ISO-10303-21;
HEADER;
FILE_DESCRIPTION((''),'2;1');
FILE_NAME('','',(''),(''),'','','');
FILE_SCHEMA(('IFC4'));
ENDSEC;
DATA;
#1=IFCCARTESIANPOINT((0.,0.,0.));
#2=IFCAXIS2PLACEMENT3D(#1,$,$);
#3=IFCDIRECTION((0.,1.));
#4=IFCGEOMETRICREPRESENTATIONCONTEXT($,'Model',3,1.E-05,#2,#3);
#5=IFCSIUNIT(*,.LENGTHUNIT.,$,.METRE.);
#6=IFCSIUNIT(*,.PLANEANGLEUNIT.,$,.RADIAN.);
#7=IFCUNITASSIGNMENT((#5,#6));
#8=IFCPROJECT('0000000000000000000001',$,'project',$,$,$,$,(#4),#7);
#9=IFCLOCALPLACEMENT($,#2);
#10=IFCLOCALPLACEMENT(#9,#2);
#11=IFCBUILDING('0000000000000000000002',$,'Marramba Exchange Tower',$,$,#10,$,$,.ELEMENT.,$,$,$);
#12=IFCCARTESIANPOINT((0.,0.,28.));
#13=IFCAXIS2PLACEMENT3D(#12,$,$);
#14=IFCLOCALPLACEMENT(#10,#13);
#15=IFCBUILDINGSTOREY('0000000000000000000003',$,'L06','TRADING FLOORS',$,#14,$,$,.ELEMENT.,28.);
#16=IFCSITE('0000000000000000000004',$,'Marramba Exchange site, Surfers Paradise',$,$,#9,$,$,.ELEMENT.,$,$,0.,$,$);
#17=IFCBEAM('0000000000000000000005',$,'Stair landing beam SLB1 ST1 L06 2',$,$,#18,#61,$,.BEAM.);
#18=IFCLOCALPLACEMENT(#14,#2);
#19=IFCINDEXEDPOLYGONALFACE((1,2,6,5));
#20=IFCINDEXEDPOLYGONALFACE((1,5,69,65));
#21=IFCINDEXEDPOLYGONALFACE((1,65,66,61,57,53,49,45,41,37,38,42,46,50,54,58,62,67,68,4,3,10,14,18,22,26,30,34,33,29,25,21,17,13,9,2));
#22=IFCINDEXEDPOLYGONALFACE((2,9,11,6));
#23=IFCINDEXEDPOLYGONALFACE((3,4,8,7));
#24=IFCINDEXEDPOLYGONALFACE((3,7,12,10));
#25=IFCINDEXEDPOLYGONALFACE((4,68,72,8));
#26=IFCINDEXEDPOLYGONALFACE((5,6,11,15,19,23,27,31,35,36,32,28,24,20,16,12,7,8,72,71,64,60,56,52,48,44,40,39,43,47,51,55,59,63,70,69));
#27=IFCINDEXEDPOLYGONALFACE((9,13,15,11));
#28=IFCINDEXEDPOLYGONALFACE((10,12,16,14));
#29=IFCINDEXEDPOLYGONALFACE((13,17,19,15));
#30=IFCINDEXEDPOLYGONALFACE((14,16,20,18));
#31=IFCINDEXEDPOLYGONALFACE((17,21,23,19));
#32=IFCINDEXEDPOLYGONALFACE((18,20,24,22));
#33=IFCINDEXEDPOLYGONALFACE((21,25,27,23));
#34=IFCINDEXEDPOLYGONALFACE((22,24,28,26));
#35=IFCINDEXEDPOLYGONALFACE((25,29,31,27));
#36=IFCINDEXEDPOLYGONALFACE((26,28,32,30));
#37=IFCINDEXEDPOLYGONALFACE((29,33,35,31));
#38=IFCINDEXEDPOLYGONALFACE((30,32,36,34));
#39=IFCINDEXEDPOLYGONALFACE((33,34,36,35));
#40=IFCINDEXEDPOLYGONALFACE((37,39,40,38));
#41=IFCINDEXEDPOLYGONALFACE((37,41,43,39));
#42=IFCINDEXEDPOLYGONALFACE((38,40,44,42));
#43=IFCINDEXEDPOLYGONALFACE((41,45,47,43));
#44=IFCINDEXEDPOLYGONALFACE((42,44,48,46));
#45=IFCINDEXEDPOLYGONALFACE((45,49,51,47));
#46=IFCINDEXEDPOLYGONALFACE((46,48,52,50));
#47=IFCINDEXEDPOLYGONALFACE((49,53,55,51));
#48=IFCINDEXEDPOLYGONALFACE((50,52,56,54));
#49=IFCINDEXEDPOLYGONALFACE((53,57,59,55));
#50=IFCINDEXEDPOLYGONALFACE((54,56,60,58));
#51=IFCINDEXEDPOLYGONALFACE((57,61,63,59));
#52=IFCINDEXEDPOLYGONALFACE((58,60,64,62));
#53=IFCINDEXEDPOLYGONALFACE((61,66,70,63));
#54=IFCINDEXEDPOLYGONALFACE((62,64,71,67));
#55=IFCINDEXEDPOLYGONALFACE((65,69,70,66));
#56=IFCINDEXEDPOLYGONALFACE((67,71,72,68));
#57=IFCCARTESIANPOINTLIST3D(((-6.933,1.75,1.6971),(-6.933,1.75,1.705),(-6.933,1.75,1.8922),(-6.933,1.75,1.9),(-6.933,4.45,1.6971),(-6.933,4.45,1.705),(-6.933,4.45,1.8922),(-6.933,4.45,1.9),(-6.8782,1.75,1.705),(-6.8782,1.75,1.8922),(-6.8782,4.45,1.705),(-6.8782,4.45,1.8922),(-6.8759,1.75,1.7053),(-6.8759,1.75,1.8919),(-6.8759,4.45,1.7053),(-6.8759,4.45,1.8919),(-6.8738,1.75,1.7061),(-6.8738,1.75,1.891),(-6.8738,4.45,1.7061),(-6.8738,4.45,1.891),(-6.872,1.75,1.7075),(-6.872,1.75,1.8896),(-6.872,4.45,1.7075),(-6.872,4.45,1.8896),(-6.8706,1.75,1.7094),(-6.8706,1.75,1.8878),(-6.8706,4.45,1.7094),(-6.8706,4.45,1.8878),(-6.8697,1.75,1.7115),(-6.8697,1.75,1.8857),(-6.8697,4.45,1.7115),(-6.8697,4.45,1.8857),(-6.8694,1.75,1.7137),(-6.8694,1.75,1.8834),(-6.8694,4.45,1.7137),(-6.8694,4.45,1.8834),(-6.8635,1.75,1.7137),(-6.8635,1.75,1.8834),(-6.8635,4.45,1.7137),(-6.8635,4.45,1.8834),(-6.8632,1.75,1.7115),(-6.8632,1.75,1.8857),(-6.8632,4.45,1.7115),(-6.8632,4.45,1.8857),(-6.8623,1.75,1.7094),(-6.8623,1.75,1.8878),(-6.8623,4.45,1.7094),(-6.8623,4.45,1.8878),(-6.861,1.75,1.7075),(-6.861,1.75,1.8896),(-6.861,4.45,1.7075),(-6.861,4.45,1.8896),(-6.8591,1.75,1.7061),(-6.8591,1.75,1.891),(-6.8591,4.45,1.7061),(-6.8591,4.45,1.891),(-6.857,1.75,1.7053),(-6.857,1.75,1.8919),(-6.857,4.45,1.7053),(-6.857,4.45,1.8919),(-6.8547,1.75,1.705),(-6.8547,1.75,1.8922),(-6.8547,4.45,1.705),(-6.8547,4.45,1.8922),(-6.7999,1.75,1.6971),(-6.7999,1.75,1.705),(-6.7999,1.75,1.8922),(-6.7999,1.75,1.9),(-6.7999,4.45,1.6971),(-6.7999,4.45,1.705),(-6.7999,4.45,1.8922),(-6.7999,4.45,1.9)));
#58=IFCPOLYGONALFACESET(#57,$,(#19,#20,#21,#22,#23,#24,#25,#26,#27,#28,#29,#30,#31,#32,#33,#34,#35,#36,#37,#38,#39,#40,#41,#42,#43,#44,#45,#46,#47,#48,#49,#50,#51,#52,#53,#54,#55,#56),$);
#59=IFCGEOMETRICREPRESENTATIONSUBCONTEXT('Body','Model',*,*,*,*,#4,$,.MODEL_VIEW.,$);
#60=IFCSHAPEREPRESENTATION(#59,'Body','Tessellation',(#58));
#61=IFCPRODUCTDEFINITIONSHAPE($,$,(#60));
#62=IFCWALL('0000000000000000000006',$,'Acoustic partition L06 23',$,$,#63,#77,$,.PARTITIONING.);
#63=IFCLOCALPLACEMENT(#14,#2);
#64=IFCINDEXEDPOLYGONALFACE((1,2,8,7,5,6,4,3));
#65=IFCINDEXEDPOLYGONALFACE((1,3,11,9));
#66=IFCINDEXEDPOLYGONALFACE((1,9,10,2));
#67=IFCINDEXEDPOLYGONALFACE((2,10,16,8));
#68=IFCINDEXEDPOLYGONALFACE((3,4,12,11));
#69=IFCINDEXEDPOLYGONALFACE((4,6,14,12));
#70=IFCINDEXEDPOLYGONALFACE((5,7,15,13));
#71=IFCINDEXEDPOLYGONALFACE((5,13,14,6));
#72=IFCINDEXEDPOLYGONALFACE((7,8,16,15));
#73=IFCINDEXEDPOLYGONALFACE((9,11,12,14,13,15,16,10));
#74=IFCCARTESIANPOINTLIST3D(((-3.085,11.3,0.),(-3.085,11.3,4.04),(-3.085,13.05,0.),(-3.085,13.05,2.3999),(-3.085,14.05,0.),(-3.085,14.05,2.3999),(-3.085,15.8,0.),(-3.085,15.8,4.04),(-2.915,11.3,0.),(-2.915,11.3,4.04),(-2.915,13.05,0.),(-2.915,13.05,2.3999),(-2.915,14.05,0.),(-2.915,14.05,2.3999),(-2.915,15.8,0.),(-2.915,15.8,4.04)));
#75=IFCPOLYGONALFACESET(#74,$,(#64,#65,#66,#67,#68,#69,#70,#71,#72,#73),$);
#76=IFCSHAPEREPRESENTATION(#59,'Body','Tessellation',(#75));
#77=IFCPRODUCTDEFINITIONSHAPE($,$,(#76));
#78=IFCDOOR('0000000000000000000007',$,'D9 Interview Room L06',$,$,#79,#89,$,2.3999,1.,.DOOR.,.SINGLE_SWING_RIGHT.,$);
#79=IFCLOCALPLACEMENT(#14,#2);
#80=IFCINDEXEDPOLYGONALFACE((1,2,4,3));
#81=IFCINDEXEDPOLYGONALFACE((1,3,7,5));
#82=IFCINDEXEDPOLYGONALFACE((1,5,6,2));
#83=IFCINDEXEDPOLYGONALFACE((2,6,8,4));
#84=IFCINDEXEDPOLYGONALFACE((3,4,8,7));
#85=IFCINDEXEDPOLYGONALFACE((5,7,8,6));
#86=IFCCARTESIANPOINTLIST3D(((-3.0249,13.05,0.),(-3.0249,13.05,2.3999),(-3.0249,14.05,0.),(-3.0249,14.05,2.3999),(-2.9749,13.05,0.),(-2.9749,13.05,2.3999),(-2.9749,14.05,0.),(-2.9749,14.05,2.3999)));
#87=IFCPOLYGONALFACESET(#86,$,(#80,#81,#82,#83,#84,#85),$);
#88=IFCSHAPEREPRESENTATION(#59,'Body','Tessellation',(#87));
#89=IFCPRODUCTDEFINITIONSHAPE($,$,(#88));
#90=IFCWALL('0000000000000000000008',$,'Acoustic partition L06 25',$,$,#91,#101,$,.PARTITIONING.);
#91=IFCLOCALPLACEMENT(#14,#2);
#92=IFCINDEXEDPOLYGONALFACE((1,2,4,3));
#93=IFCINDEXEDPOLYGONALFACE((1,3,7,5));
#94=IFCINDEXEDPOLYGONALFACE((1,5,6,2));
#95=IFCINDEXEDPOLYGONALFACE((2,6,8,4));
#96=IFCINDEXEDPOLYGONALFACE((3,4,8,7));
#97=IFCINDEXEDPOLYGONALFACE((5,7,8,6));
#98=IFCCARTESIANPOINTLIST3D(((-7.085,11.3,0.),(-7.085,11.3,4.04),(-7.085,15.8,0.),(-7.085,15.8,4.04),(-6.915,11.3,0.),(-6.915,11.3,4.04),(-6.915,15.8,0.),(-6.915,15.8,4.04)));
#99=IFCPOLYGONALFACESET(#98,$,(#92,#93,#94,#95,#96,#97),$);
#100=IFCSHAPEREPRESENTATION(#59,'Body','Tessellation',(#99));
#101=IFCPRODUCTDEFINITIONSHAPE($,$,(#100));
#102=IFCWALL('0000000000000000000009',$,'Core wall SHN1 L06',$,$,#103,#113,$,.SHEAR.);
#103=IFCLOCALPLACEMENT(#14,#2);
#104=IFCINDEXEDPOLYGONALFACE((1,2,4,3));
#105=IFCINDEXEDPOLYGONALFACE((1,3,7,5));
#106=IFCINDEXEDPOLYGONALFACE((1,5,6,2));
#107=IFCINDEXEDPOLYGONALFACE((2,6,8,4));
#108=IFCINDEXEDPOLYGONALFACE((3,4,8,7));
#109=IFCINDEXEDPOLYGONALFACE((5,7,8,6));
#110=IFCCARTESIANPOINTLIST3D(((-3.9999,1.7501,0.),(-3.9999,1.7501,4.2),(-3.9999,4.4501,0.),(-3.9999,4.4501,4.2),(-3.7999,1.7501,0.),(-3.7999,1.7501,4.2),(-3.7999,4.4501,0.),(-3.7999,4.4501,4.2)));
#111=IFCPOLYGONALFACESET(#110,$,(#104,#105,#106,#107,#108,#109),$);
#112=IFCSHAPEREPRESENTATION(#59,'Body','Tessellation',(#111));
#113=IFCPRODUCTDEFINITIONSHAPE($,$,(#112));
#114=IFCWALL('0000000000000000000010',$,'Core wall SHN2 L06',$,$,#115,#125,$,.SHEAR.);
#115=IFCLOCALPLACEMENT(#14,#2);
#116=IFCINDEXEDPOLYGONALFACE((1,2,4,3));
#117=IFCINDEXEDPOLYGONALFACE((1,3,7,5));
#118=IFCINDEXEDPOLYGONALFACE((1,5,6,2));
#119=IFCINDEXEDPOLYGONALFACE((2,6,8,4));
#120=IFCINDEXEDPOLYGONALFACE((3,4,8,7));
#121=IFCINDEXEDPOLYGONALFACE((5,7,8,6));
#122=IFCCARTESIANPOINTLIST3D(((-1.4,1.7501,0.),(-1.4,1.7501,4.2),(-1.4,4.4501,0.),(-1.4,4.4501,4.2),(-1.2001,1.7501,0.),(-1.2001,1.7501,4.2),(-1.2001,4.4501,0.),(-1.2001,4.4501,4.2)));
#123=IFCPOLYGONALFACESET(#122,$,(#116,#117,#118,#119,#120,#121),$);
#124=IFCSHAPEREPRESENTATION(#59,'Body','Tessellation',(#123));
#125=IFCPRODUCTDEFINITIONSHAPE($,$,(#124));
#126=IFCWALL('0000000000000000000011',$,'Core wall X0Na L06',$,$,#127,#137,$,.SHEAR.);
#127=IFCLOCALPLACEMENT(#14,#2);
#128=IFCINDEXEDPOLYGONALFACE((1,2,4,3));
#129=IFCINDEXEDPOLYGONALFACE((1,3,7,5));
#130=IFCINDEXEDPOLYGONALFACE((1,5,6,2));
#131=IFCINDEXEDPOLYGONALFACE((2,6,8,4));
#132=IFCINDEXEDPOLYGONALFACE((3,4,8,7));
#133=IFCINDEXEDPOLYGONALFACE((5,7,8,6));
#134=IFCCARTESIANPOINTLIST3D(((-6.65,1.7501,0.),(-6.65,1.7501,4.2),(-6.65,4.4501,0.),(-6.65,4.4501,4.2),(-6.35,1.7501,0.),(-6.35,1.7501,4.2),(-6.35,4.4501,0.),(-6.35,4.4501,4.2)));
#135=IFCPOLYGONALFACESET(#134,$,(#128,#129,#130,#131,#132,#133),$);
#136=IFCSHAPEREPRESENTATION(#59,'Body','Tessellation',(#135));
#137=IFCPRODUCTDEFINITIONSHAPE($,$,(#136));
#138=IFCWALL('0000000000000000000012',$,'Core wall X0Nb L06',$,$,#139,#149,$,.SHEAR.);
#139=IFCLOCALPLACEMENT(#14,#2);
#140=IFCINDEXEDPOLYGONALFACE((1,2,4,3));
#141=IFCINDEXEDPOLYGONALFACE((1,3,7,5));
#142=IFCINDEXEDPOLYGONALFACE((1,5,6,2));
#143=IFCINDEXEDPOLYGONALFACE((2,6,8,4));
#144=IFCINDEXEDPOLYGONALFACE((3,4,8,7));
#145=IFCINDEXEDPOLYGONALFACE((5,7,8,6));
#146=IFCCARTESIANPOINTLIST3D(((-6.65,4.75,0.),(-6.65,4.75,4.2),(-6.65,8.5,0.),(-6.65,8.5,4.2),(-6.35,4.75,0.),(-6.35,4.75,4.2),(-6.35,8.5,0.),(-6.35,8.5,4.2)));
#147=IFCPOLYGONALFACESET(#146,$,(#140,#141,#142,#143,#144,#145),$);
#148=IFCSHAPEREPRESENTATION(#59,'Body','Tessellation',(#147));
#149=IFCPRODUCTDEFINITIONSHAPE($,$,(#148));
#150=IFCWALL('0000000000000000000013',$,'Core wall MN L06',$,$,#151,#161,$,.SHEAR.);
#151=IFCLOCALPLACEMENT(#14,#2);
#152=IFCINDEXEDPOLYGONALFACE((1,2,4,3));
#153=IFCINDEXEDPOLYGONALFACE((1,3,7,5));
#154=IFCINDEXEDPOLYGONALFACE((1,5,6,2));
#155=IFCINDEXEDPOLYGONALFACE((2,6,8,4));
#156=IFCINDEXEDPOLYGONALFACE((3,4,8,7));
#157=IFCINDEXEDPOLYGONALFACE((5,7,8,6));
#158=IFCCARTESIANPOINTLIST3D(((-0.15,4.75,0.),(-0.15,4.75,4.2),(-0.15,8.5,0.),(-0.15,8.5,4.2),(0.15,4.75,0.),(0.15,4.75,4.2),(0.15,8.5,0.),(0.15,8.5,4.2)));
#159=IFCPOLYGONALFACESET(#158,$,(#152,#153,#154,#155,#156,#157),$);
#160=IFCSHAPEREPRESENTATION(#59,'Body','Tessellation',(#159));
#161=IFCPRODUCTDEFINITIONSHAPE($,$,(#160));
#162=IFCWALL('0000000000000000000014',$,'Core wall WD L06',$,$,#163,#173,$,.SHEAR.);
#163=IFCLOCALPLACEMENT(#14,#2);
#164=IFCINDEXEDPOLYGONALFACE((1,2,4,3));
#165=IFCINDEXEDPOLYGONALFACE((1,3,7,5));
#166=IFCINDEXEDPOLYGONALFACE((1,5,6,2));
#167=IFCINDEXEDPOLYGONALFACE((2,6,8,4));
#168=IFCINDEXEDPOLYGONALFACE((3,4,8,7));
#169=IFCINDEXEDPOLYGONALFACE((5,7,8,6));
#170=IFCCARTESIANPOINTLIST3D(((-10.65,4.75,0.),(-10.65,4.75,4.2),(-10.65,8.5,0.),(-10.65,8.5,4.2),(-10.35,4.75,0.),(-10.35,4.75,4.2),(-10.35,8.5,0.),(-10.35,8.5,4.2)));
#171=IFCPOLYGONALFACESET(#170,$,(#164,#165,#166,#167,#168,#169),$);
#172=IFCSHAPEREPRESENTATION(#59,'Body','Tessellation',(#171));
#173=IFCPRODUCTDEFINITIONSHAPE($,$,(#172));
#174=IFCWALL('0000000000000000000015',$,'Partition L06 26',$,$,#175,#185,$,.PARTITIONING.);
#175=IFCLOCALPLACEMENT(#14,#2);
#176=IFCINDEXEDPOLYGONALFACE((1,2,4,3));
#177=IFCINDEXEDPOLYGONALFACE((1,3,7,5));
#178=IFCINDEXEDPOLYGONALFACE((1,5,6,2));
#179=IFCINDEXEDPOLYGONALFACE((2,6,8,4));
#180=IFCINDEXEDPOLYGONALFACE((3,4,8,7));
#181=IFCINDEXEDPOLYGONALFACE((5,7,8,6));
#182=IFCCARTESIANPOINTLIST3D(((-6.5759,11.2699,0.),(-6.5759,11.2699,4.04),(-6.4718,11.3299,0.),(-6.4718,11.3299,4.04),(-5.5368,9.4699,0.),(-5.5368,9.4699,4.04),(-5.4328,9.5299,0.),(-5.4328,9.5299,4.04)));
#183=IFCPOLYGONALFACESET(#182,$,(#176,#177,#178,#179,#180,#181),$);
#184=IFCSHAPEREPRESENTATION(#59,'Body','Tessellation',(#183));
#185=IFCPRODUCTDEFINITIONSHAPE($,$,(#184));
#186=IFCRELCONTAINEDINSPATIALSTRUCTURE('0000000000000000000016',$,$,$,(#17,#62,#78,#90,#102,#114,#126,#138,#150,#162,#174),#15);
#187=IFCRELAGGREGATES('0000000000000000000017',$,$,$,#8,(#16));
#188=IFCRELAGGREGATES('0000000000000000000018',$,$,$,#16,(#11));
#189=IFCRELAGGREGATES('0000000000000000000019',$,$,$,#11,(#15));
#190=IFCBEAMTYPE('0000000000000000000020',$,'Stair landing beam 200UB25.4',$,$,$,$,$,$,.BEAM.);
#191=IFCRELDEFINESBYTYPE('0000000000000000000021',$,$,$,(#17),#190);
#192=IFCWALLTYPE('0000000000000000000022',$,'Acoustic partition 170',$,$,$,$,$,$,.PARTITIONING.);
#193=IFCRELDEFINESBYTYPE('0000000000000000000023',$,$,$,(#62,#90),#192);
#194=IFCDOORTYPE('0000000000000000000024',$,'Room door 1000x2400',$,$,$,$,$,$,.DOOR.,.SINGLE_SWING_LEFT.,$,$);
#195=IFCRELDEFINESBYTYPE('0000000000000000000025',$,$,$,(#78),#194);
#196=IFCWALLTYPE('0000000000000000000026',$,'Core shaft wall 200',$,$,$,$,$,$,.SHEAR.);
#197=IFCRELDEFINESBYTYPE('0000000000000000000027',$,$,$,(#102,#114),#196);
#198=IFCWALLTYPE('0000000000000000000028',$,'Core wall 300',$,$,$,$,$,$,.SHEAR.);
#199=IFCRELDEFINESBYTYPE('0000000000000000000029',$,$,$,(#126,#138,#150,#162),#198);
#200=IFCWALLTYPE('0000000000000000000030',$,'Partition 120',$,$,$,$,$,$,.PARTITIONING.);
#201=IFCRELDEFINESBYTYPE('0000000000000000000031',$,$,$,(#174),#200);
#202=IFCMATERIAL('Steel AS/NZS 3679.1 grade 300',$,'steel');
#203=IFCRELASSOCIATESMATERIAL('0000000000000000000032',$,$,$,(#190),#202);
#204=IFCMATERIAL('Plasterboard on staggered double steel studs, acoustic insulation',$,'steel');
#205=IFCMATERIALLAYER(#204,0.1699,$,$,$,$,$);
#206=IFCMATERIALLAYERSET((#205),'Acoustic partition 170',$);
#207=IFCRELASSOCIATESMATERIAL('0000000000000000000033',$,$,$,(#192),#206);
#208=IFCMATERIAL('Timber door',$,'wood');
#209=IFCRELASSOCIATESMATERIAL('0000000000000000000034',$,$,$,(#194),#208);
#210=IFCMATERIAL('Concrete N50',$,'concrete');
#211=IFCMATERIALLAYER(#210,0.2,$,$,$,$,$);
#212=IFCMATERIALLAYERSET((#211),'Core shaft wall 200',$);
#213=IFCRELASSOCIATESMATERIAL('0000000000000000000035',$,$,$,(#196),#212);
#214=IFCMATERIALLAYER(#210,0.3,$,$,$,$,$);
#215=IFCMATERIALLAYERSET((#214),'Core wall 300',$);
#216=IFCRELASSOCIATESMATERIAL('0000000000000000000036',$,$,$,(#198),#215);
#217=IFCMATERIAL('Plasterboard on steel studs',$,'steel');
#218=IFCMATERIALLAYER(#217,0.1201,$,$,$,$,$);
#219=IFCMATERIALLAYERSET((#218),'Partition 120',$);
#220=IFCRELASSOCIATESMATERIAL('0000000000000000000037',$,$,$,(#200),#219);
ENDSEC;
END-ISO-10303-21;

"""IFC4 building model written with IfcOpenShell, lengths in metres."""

from ifc_helpers import new_model, si_unit, direction, frame, frame_2d, origin, origin_2d, place, context, subcontext, project, spatial, rectangle, i_section, extrude, material, layer, layer_set, material_profile, profile_set, type_object, element, fill, save


model = new_model("IFC4")

# Units and contexts
model_context = context("Model", 3, precision=1e-05, world=origin(), true_north=direction((0.0, 1.0)))
body_context = subcontext(model_context, "Body", "Model", "MODEL_VIEW")
ifc_project = project(units=[si_unit("LENGTHUNIT", "METRE"), si_unit("PLANEANGLEUNIT", "RADIAN")], contexts=[model_context])

# Site, building, storey
site_placement = place(None, origin())
site = spatial("IfcSite", under=ifc_project, at=site_placement, Name="Marramba Exchange site, Surfers Paradise", CompositionType="ELEMENT", RefElevation=0.0)
building_placement = place(site_placement, origin())
building = spatial("IfcBuilding", under=site, at=building_placement, Name="Marramba Exchange Tower", CompositionType="ELEMENT")
storey_placement = place(building_placement, frame((0.0, 0.0, 28.0)))
storey = spatial("IfcBuildingStorey", under=building, at=storey_placement, Name="L06", Description="TRADING FLOORS", CompositionType="ELEMENT", Elevation=28.0)

# Beam
ifc_material_1 = material(Name="Steel AS/NZS 3679.1 grade 300", Category="steel")
ifc_material_profile_1 = material_profile(ifc_material_1, i_section(OverallWidth=0.1331, OverallDepth=0.2029, WebThickness=0.0059, FlangeThickness=0.0078, FilletRadius=0.0088, at=origin_2d()), Name="200UB25.4")
ifc_profile_set_1 = profile_set([ifc_material_profile_1], Name="Steel AS/NZS 3679.1 grade 300")
beam_type_1 = type_object("IfcBeamType", Name="Stair landing beam 200UB25.4", PredefinedType="BEAM", material=ifc_profile_set_1)
for number, where, z_axis, x_axis, name in (
    (1, (-6.8665, 1.75, 1.7986), (0.0, 1.0, 0.0), (-1.0, 0.0, 0.0), "Stair landing beam SLB1 ST1 L06 2"),
):
    element("IfcBeam", number, at=place(storey_placement, frame(where, z_axis=z_axis, x_axis=x_axis)), inside=storey, type_object=beam_type_1, Name=name, PredefinedType="BEAM", context=body_context, shape_type="SweptSolid", body=[
        extrude(i_section(OverallWidth=0.1331, OverallDepth=0.2029, WebThickness=0.0059, FlangeThickness=0.0078, FilletRadius=0.0088, at=origin_2d()), origin(), (0.0, 0.0, 1.0), 2.7),
    ])

# Wall, opening, door
ifc_material_2 = material(Name="Plasterboard on staggered double steel studs, acoustic insulation", Category="steel")
ifc_layer_1 = layer(ifc_material_2, 0.1699)
ifc_layer_set_1 = layer_set([ifc_layer_1], Name="Acoustic partition 170")
wall_type_1 = type_object("IfcWallType", Name="Acoustic partition 170", PredefinedType="PARTITIONING", material=ifc_layer_set_1)
wall_1_placement = place(storey_placement, frame((-3.0, 11.3, 0.0), z_axis=(0.0, 0.0, 1.0), x_axis=(0.0, 1.0, 0.0)))
wall_1 = element("IfcWall", 2, at=wall_1_placement, inside=storey, type_object=wall_type_1, Name="Acoustic partition L06 23", PredefinedType="PARTITIONING", context=body_context, shape_type="SweptSolid", body=[
    extrude(rectangle(XDim=4.5, YDim=0.1699, at=frame_2d((2.25, 0.0))), origin(), (0.0, 0.0, 1.0), 4.04),
])
opening_1_placement = place(wall_1_placement, frame((1.75, 0.0, 0.0)))
opening_1 = element("IfcOpeningElement", 3, at=opening_1_placement, cuts=wall_1, PredefinedType="OPENING", context=body_context, shape_type="SweptSolid", body=[
    extrude(rectangle(XDim=1.0, YDim=2.3999, at=frame_2d((0.5, 1.2))), frame((0.0, 0.095, 0.0), z_axis=(0.0, -1.0, 0.0), x_axis=(1.0, 0.0, 0.0)), (0.0, 0.0, 1.0), 0.1899),
])
ifc_material_3 = material(Name="Timber door", Category="wood")
door_type = type_object("IfcDoorType", Name="Room door 1000x2400", OperationType="SINGLE_SWING_LEFT", PredefinedType="DOOR", material=ifc_material_3)
door_1_placement = place(opening_1_placement, origin())
door_1 = element("IfcDoor", 4, at=door_1_placement, inside=storey, type_object=door_type, Name="D9 Interview Room L06", OperationType="SINGLE_SWING_RIGHT", OverallHeight=2.3999, OverallWidth=1.0, PredefinedType="DOOR", context=body_context, shape_type="SweptSolid", body=[
    extrude(rectangle(XDim=1.0, YDim=2.3999, at=frame_2d((0.5, 1.2))), frame((0.0, 0.0249, 0.0), z_axis=(0.0, -1.0, 0.0), x_axis=(1.0, 0.0, 0.0)), (0.0, 0.0, 1.0), 0.05),
])
fill(opening_1, door_1)

# Walls
wall_2_placement = place(storey_placement, frame((-7.0, 15.8, 0.0), z_axis=(0.0, 0.0, 1.0), x_axis=(0.0, -1.0, 0.0)))
element("IfcWall", 5, at=wall_2_placement, inside=storey, type_object=wall_type_1, Name="Acoustic partition L06 25", PredefinedType="PARTITIONING", context=body_context, shape_type="SweptSolid", body=[
    extrude(rectangle(XDim=4.5, YDim=0.1699, at=frame_2d((2.25, 0.0))), origin(), (0.0, 0.0, 1.0), 4.04),
])
ifc_material_4 = material(Name="Concrete N50", Category="concrete")
ifc_layer_2 = layer(ifc_material_4, 0.2)
ifc_layer_set_2 = layer_set([ifc_layer_2], Name="Core shaft wall 200")
wall_type_2 = type_object("IfcWallType", Name="Core shaft wall 200", PredefinedType="SHEAR", material=ifc_layer_set_2)
for number, where, z_axis, x_axis, name in (
    (6, (-3.8999, 1.75, 0.0), (0.0, 0.0, 1.0), (0.0, 1.0, 0.0), "Core wall SHN1 L06"),
    (7, (-1.3, 1.75, 0.0), (0.0, 0.0, 1.0), (0.0, 1.0, 0.0), "Core wall SHN2 L06"),
):
    element("IfcWall", number, at=place(storey_placement, frame(where, z_axis=z_axis, x_axis=x_axis)), inside=storey, type_object=wall_type_2, Name=name, PredefinedType="SHEAR", context=body_context, shape_type="SweptSolid", body=[
        extrude(rectangle(XDim=2.7, YDim=0.2, at=frame_2d((1.3501, 0.0))), origin(), (0.0, 0.0, 1.0), 4.2),
    ])
ifc_layer_3 = layer(ifc_material_4, 0.3)
ifc_layer_set_3 = layer_set([ifc_layer_3], Name="Core wall 300")
wall_type_3 = type_object("IfcWallType", Name="Core wall 300", PredefinedType="SHEAR", material=ifc_layer_set_3)
wall_3_placement = place(storey_placement, frame((-6.5, 1.75, 0.0), z_axis=(0.0, 0.0, 1.0), x_axis=(0.0, 1.0, 0.0)))
element("IfcWall", 8, at=wall_3_placement, inside=storey, type_object=wall_type_3, Name="Core wall X0Na L06", PredefinedType="SHEAR", context=body_context, shape_type="SweptSolid", body=[
    extrude(rectangle(XDim=2.7, YDim=0.3, at=frame_2d((1.3501, 0.0))), origin(), (0.0, 0.0, 1.0), 4.2),
])
for number, where, z_axis, x_axis, name in (
    (9, (-6.5, 4.75, 0.0), (0.0, 0.0, 1.0), (0.0, 1.0, 0.0), "Core wall X0Nb L06"),
    (10, (0.0, 4.75, 0.0), (0.0, 0.0, 1.0), (0.0, 1.0, 0.0), "Core wall MN L06"),
    (11, (-10.5, 4.75, 0.0), (0.0, 0.0, 1.0), (0.0, 1.0, 0.0), "Core wall WD L06"),
):
    element("IfcWall", number, at=place(storey_placement, frame(where, z_axis=z_axis, x_axis=x_axis)), inside=storey, type_object=wall_type_3, Name=name, PredefinedType="SHEAR", context=body_context, shape_type="SweptSolid", body=[
        extrude(rectangle(XDim=3.75, YDim=0.3, at=frame_2d((1.875, 0.0))), origin(), (0.0, 0.0, 1.0), 4.2),
    ])
ifc_material_5 = material(Name="Plasterboard on steel studs", Category="steel")
ifc_layer_4 = layer(ifc_material_5, 0.1201)
ifc_layer_set_4 = layer_set([ifc_layer_4], Name="Partition 120")
wall_type_4 = type_object("IfcWallType", Name="Partition 120", PredefinedType="PARTITIONING", material=ifc_layer_set_4)
wall_4_placement = place(storey_placement, frame((-5.4849, 9.5, 0.0), z_axis=(0.0, 0.0, 1.0), x_axis=(-0.499929, 0.866066, 0.0)))
element("IfcWall", 12, at=wall_4_placement, inside=storey, type_object=wall_type_4, Name="Partition L06 26", PredefinedType="PARTITIONING", context=body_context, shape_type="SweptSolid", body=[
    extrude(rectangle(XDim=2.0784, YDim=0.1201, at=frame_2d((1.0391, 0.0))), origin(), (0.0, 0.0, 1.0), 4.04),
])

save(model, "model.ifc")
